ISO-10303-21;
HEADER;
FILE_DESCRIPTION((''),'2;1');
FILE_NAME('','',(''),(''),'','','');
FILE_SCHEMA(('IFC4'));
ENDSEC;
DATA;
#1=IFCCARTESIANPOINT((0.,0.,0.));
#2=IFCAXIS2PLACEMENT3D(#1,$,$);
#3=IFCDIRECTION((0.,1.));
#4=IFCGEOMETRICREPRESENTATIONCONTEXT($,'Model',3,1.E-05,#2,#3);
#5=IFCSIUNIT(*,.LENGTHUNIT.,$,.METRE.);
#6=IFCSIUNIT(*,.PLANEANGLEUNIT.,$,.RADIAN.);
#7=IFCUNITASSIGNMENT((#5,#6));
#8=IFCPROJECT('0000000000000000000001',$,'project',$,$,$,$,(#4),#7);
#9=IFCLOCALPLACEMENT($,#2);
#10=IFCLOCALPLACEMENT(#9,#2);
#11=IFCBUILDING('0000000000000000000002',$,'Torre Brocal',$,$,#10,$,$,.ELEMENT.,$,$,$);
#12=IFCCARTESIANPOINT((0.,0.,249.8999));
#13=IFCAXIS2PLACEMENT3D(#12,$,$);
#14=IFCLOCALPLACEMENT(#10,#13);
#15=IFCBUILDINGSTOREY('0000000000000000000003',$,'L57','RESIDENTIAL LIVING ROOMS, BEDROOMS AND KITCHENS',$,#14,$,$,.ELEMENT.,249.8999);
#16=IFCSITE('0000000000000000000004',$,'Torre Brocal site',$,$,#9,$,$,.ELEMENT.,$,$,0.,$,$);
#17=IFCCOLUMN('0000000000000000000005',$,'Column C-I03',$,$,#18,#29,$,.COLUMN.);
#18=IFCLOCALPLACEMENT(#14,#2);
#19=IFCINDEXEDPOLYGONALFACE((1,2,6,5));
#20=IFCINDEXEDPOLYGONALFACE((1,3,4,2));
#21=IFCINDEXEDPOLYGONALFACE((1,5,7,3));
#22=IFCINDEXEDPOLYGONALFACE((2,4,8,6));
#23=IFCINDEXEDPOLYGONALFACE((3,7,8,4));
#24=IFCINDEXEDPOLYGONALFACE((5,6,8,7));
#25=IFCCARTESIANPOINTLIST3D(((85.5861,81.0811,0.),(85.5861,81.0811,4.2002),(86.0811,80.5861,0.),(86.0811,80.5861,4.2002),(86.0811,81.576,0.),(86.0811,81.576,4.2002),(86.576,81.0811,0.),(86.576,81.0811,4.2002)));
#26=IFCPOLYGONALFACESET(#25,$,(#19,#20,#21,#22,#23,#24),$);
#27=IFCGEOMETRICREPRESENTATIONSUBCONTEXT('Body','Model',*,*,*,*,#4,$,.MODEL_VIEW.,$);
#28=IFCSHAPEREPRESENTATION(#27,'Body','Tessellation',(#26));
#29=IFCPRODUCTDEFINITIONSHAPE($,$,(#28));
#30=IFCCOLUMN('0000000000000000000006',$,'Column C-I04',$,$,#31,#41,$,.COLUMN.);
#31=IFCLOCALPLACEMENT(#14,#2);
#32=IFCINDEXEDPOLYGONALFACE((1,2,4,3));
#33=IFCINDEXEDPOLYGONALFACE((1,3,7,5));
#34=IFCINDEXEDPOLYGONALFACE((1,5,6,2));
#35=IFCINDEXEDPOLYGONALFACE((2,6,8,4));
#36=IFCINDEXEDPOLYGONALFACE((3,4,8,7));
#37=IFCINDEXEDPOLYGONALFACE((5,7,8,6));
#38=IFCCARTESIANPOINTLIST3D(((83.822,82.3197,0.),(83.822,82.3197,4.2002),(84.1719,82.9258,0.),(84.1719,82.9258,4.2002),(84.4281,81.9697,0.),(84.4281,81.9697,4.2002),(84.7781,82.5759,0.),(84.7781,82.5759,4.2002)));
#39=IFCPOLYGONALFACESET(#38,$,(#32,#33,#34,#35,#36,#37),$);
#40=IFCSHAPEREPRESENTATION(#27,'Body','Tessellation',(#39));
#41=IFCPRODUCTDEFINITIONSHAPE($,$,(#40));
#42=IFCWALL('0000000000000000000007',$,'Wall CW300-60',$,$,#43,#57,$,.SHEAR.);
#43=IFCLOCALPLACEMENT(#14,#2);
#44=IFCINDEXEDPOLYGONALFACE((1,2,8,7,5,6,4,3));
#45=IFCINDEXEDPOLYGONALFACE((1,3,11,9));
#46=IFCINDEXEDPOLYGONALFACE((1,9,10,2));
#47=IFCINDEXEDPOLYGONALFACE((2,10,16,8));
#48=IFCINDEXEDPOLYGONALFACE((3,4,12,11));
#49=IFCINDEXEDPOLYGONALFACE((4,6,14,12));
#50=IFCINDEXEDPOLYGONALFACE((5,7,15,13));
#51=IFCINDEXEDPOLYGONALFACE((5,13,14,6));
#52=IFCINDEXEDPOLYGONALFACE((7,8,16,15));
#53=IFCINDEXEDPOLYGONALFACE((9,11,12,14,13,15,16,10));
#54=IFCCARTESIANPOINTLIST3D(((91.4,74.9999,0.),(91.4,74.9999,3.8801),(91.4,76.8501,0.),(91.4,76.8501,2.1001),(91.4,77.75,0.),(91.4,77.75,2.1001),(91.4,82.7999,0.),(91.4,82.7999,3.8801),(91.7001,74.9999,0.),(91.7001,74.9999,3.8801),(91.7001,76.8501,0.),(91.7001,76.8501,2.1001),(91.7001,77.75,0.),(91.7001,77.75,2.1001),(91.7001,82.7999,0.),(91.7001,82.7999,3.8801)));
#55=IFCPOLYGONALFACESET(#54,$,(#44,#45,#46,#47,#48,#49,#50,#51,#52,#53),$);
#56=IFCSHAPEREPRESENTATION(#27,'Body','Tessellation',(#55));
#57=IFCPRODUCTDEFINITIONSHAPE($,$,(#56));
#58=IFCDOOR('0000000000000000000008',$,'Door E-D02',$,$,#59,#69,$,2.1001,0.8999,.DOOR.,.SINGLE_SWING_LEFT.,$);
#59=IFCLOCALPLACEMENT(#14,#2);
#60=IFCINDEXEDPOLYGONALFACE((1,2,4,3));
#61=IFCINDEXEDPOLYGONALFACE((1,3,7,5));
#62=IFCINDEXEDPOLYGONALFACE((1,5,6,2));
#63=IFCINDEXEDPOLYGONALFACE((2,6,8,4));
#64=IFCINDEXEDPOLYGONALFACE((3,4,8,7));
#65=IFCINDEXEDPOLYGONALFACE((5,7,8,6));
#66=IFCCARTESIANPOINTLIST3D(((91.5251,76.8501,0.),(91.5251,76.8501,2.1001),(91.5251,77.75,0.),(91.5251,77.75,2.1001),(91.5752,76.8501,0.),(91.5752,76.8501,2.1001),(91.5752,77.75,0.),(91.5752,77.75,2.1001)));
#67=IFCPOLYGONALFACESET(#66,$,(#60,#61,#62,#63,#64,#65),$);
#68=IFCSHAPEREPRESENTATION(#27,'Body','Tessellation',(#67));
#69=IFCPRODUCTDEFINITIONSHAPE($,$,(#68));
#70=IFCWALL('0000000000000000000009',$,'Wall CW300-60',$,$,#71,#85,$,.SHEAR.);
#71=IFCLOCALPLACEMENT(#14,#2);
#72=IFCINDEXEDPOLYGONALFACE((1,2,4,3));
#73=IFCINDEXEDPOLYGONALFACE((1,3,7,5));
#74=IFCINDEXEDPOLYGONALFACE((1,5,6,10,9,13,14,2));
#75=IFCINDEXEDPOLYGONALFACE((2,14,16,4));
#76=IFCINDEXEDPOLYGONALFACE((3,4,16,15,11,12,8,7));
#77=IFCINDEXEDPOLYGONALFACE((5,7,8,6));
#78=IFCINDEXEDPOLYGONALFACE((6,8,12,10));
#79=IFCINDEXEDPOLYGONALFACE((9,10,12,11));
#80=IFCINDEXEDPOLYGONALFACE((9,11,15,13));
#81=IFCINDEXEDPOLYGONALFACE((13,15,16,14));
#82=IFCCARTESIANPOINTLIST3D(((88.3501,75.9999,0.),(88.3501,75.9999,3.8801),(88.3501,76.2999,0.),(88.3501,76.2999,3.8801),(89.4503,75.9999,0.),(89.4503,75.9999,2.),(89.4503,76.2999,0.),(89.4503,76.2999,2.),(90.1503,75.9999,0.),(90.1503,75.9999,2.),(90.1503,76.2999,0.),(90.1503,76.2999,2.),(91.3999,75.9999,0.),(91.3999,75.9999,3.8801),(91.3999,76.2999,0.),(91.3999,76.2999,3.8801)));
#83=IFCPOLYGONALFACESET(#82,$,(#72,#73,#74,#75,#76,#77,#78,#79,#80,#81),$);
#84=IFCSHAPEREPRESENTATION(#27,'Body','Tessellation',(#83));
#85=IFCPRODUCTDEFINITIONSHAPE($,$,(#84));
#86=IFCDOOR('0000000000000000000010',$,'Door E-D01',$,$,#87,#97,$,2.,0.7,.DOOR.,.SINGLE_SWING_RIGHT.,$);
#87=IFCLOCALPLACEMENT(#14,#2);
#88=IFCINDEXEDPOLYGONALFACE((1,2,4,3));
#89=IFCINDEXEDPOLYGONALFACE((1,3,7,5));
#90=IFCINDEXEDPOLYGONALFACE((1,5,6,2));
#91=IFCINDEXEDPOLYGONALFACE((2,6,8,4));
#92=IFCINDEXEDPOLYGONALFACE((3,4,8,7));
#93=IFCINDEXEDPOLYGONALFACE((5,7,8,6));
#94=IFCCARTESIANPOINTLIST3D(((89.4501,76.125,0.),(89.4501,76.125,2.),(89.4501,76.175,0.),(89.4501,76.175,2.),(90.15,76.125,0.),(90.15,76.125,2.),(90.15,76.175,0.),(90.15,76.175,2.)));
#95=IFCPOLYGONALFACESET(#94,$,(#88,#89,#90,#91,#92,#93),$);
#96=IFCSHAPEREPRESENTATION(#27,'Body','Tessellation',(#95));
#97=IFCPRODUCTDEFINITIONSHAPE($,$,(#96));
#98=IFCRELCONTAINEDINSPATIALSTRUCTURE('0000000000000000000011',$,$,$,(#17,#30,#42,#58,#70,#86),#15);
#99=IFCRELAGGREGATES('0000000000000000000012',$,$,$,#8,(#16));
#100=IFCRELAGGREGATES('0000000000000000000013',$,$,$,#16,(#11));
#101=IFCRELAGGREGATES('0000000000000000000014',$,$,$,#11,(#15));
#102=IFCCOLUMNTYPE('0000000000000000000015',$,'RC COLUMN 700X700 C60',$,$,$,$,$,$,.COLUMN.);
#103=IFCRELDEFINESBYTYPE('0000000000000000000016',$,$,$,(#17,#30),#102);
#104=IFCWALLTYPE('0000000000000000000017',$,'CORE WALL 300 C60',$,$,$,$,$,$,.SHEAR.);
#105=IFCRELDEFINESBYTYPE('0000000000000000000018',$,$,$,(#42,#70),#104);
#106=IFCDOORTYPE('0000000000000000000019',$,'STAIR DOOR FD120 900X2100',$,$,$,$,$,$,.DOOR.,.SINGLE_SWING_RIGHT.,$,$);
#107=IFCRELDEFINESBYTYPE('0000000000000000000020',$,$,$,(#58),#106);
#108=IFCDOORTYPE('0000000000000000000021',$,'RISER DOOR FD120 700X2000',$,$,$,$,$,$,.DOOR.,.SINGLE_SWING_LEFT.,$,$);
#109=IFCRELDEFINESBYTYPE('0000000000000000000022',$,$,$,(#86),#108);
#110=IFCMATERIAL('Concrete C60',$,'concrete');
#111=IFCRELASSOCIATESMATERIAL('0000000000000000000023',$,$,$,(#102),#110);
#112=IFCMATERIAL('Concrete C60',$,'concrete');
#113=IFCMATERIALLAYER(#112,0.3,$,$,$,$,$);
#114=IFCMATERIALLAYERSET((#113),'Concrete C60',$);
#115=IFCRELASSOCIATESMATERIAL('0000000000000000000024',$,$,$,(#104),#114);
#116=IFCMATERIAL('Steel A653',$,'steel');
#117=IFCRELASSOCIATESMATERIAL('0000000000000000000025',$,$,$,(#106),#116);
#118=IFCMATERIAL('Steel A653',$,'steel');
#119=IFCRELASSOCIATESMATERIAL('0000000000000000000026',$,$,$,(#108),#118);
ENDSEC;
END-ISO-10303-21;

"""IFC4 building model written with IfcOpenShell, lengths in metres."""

from ifc_helpers import new_model, si_unit, direction, frame, frame_2d, origin, origin_2d, place, context, subcontext, project, spatial, rectangle, extrude, material, layer, layer_set, material_profile, profile_set, type_object, element, fill, save


model = new_model("IFC4")

# Units and contexts
model_context = context("Model", 3, precision=1e-05, world=origin(), true_north=direction((0.0, 1.0)))
body_context = subcontext(model_context, "Body", "Model", "MODEL_VIEW")
ifc_project = project(units=[si_unit("LENGTHUNIT", "METRE"), si_unit("PLANEANGLEUNIT", "RADIAN")], contexts=[model_context])

# Site, building, storey
site_placement = place(None, origin())
site = spatial("IfcSite", under=ifc_project, at=site_placement, Name="Torre Brocal site", CompositionType="ELEMENT", RefElevation=0.0)
building_placement = place(site_placement, origin())
building = spatial("IfcBuilding", under=site, at=building_placement, Name="Torre Brocal", CompositionType="ELEMENT")
storey_placement = place(building_placement, frame((0.0, 0.0, 249.8999)))
storey = spatial("IfcBuildingStorey", under=building, at=storey_placement, Name="L57", Description="RESIDENTIAL LIVING ROOMS, BEDROOMS AND KITCHENS", CompositionType="ELEMENT", Elevation=249.8999)

# Columns
ifc_material_1 = material(Name="Concrete C60", Category="concrete")
ifc_material_profile = material_profile(ifc_material_1, rectangle(XDim=0.7, YDim=0.7, at=origin_2d()), Name="RC 700X700")
ifc_profile_set = profile_set([ifc_material_profile], Name="Concrete C60")
column_type = type_object("IfcColumnType", Name="RC COLUMN 700X700 C60", PredefinedType="COLUMN", material=ifc_profile_set)
for number, where, z_axis, x_axis, name in (
    (1, (86.0811, 81.0811, 0.0), (0.0, 0.0, 1.0), (0.707107, 0.707107, 0.0), "Column C-I03"),
    (2, (84.3, 82.4478, 0.0), (0.0, 0.0, 1.0), (0.5, 0.866025, 0.0), "Column C-I04"),
):
    element("IfcColumn", number, at=place(storey_placement, frame(where, z_axis=z_axis, x_axis=x_axis)), inside=storey, type_object=column_type, Name=name, PredefinedType="COLUMN", context=body_context, shape_type="SweptSolid", body=[
        extrude(rectangle(XDim=0.7, YDim=0.7, at=origin_2d()), origin(), (0.0, 0.0, 1.0), 4.2002),
    ])

# Walls, openings, doors
ifc_material_2 = material(Name="Concrete C60", Category="concrete")
ifc_layer_1 = layer(ifc_material_2, 0.3)
ifc_layer_set_1 = layer_set([ifc_layer_1], Name="Concrete C60")
wall_type_1 = type_object("IfcWallType", Name="CORE WALL 300 C60", PredefinedType="SHEAR", material=ifc_layer_set_1)
wall_1_placement = place(storey_placement, frame((91.55, 75.0, 0.0), z_axis=(0.0, 0.0, 1.0), x_axis=(0.0, 1.0, 0.0)))
wall_1 = element("IfcWall", 3, at=wall_1_placement, inside=storey, type_object=wall_type_1, Name="Wall CW300-60", PredefinedType="SHEAR", context=body_context, shape_type="SweptSolid", body=[
    extrude(rectangle(XDim=7.8, YDim=0.3, at=frame_2d((3.8999, 0.0))), origin(), (0.0, 0.0, 1.0), 3.8801),
])
opening_1_placement = place(wall_1_placement, frame((1.8501, 0.0, 0.0)))
opening_1 = element("IfcOpeningElement", 4, at=opening_1_placement, cuts=wall_1, PredefinedType="OPENING", context=body_context, shape_type="SweptSolid", body=[
    extrude(rectangle(XDim=0.8999, YDim=2.1001, at=frame_2d((0.45, 1.05))), frame((0.0, 0.1599, 0.0), z_axis=(0.0, -1.0, 0.0), x_axis=(1.0, 0.0, 0.0)), (0.0, 0.0, 1.0), 0.3201),
])
ifc_material_3 = material(Name="Steel A653", Category="steel")
door_type_1 = type_object("IfcDoorType", Name="STAIR DOOR FD120 900X2100", OperationType="SINGLE_SWING_RIGHT", PredefinedType="DOOR", material=ifc_material_3)
door_1_placement = place(opening_1_placement, origin())
door_1 = element("IfcDoor", 5, at=door_1_placement, inside=storey, type_object=door_type_1, Name="Door E-D02", OperationType="SINGLE_SWING_LEFT", OverallHeight=2.1001, OverallWidth=0.8999, PredefinedType="DOOR", context=body_context, shape_type="SweptSolid", body=[
    extrude(rectangle(XDim=0.8999, YDim=2.1001, at=frame_2d((0.45, 1.05))), frame((0.0, 0.0249, 0.0), z_axis=(0.0, -1.0, 0.0), x_axis=(1.0, 0.0, 0.0)), (0.0, 0.0, 1.0), 0.05),
])
fill(opening_1, door_1)
wall_2_placement = place(storey_placement, frame((88.3501, 76.1499, 0.0), z_axis=(0.0, 0.0, 1.0), x_axis=(1.0, 0.0, 0.0)))
wall_2 = element("IfcWall", 6, at=wall_2_placement, inside=storey, type_object=wall_type_1, Name="Wall CW300-60", PredefinedType="SHEAR", context=body_context, shape_type="SweptSolid", body=[
    extrude(rectangle(XDim=3.0498, YDim=0.3, at=frame_2d((1.5249, 0.0))), origin(), (0.0, 0.0, 1.0), 3.8801),
])
opening_2_placement = place(wall_2_placement, frame((1.1001, 0.0, 0.0)))
opening_2 = element("IfcOpeningElement", 7, at=opening_2_placement, cuts=wall_2, PredefinedType="OPENING", context=body_context, shape_type="SweptSolid", body=[
    extrude(rectangle(XDim=0.7, YDim=2.0, at=frame_2d((0.3501, 1.0))), frame((0.0, 0.1599, 0.0), z_axis=(0.0, -1.0, 0.0), x_axis=(1.0, 0.0, 0.0)), (0.0, 0.0, 1.0), 0.3201),
])
ifc_material_4 = material(Name="Steel A653", Category="steel")
door_type_2 = type_object("IfcDoorType", Name="RISER DOOR FD120 700X2000", OperationType="SINGLE_SWING_LEFT", PredefinedType="DOOR", material=ifc_material_4)
door_2_placement = place(opening_2_placement, frame((0.7, 0.0, 0.0), z_axis=(0.0, 0.0, 1.0), x_axis=(-1.0, 0.0, 0.0)))
door_2 = element("IfcDoor", 8, at=door_2_placement, inside=storey, type_object=door_type_2, Name="Door E-D01", OperationType="SINGLE_SWING_RIGHT", OverallHeight=2.0, OverallWidth=0.7, PredefinedType="DOOR", context=body_context, shape_type="SweptSolid", body=[
    extrude(rectangle(XDim=0.7, YDim=2.0, at=frame_2d((0.3501, 1.0))), frame((0.0, 0.0249, 0.0), z_axis=(0.0, -1.0, 0.0), x_axis=(1.0, 0.0, 0.0)), (0.0, 0.0, 1.0), 0.05),
])
fill(opening_2, door_2)

save(model, "model.ifc")
